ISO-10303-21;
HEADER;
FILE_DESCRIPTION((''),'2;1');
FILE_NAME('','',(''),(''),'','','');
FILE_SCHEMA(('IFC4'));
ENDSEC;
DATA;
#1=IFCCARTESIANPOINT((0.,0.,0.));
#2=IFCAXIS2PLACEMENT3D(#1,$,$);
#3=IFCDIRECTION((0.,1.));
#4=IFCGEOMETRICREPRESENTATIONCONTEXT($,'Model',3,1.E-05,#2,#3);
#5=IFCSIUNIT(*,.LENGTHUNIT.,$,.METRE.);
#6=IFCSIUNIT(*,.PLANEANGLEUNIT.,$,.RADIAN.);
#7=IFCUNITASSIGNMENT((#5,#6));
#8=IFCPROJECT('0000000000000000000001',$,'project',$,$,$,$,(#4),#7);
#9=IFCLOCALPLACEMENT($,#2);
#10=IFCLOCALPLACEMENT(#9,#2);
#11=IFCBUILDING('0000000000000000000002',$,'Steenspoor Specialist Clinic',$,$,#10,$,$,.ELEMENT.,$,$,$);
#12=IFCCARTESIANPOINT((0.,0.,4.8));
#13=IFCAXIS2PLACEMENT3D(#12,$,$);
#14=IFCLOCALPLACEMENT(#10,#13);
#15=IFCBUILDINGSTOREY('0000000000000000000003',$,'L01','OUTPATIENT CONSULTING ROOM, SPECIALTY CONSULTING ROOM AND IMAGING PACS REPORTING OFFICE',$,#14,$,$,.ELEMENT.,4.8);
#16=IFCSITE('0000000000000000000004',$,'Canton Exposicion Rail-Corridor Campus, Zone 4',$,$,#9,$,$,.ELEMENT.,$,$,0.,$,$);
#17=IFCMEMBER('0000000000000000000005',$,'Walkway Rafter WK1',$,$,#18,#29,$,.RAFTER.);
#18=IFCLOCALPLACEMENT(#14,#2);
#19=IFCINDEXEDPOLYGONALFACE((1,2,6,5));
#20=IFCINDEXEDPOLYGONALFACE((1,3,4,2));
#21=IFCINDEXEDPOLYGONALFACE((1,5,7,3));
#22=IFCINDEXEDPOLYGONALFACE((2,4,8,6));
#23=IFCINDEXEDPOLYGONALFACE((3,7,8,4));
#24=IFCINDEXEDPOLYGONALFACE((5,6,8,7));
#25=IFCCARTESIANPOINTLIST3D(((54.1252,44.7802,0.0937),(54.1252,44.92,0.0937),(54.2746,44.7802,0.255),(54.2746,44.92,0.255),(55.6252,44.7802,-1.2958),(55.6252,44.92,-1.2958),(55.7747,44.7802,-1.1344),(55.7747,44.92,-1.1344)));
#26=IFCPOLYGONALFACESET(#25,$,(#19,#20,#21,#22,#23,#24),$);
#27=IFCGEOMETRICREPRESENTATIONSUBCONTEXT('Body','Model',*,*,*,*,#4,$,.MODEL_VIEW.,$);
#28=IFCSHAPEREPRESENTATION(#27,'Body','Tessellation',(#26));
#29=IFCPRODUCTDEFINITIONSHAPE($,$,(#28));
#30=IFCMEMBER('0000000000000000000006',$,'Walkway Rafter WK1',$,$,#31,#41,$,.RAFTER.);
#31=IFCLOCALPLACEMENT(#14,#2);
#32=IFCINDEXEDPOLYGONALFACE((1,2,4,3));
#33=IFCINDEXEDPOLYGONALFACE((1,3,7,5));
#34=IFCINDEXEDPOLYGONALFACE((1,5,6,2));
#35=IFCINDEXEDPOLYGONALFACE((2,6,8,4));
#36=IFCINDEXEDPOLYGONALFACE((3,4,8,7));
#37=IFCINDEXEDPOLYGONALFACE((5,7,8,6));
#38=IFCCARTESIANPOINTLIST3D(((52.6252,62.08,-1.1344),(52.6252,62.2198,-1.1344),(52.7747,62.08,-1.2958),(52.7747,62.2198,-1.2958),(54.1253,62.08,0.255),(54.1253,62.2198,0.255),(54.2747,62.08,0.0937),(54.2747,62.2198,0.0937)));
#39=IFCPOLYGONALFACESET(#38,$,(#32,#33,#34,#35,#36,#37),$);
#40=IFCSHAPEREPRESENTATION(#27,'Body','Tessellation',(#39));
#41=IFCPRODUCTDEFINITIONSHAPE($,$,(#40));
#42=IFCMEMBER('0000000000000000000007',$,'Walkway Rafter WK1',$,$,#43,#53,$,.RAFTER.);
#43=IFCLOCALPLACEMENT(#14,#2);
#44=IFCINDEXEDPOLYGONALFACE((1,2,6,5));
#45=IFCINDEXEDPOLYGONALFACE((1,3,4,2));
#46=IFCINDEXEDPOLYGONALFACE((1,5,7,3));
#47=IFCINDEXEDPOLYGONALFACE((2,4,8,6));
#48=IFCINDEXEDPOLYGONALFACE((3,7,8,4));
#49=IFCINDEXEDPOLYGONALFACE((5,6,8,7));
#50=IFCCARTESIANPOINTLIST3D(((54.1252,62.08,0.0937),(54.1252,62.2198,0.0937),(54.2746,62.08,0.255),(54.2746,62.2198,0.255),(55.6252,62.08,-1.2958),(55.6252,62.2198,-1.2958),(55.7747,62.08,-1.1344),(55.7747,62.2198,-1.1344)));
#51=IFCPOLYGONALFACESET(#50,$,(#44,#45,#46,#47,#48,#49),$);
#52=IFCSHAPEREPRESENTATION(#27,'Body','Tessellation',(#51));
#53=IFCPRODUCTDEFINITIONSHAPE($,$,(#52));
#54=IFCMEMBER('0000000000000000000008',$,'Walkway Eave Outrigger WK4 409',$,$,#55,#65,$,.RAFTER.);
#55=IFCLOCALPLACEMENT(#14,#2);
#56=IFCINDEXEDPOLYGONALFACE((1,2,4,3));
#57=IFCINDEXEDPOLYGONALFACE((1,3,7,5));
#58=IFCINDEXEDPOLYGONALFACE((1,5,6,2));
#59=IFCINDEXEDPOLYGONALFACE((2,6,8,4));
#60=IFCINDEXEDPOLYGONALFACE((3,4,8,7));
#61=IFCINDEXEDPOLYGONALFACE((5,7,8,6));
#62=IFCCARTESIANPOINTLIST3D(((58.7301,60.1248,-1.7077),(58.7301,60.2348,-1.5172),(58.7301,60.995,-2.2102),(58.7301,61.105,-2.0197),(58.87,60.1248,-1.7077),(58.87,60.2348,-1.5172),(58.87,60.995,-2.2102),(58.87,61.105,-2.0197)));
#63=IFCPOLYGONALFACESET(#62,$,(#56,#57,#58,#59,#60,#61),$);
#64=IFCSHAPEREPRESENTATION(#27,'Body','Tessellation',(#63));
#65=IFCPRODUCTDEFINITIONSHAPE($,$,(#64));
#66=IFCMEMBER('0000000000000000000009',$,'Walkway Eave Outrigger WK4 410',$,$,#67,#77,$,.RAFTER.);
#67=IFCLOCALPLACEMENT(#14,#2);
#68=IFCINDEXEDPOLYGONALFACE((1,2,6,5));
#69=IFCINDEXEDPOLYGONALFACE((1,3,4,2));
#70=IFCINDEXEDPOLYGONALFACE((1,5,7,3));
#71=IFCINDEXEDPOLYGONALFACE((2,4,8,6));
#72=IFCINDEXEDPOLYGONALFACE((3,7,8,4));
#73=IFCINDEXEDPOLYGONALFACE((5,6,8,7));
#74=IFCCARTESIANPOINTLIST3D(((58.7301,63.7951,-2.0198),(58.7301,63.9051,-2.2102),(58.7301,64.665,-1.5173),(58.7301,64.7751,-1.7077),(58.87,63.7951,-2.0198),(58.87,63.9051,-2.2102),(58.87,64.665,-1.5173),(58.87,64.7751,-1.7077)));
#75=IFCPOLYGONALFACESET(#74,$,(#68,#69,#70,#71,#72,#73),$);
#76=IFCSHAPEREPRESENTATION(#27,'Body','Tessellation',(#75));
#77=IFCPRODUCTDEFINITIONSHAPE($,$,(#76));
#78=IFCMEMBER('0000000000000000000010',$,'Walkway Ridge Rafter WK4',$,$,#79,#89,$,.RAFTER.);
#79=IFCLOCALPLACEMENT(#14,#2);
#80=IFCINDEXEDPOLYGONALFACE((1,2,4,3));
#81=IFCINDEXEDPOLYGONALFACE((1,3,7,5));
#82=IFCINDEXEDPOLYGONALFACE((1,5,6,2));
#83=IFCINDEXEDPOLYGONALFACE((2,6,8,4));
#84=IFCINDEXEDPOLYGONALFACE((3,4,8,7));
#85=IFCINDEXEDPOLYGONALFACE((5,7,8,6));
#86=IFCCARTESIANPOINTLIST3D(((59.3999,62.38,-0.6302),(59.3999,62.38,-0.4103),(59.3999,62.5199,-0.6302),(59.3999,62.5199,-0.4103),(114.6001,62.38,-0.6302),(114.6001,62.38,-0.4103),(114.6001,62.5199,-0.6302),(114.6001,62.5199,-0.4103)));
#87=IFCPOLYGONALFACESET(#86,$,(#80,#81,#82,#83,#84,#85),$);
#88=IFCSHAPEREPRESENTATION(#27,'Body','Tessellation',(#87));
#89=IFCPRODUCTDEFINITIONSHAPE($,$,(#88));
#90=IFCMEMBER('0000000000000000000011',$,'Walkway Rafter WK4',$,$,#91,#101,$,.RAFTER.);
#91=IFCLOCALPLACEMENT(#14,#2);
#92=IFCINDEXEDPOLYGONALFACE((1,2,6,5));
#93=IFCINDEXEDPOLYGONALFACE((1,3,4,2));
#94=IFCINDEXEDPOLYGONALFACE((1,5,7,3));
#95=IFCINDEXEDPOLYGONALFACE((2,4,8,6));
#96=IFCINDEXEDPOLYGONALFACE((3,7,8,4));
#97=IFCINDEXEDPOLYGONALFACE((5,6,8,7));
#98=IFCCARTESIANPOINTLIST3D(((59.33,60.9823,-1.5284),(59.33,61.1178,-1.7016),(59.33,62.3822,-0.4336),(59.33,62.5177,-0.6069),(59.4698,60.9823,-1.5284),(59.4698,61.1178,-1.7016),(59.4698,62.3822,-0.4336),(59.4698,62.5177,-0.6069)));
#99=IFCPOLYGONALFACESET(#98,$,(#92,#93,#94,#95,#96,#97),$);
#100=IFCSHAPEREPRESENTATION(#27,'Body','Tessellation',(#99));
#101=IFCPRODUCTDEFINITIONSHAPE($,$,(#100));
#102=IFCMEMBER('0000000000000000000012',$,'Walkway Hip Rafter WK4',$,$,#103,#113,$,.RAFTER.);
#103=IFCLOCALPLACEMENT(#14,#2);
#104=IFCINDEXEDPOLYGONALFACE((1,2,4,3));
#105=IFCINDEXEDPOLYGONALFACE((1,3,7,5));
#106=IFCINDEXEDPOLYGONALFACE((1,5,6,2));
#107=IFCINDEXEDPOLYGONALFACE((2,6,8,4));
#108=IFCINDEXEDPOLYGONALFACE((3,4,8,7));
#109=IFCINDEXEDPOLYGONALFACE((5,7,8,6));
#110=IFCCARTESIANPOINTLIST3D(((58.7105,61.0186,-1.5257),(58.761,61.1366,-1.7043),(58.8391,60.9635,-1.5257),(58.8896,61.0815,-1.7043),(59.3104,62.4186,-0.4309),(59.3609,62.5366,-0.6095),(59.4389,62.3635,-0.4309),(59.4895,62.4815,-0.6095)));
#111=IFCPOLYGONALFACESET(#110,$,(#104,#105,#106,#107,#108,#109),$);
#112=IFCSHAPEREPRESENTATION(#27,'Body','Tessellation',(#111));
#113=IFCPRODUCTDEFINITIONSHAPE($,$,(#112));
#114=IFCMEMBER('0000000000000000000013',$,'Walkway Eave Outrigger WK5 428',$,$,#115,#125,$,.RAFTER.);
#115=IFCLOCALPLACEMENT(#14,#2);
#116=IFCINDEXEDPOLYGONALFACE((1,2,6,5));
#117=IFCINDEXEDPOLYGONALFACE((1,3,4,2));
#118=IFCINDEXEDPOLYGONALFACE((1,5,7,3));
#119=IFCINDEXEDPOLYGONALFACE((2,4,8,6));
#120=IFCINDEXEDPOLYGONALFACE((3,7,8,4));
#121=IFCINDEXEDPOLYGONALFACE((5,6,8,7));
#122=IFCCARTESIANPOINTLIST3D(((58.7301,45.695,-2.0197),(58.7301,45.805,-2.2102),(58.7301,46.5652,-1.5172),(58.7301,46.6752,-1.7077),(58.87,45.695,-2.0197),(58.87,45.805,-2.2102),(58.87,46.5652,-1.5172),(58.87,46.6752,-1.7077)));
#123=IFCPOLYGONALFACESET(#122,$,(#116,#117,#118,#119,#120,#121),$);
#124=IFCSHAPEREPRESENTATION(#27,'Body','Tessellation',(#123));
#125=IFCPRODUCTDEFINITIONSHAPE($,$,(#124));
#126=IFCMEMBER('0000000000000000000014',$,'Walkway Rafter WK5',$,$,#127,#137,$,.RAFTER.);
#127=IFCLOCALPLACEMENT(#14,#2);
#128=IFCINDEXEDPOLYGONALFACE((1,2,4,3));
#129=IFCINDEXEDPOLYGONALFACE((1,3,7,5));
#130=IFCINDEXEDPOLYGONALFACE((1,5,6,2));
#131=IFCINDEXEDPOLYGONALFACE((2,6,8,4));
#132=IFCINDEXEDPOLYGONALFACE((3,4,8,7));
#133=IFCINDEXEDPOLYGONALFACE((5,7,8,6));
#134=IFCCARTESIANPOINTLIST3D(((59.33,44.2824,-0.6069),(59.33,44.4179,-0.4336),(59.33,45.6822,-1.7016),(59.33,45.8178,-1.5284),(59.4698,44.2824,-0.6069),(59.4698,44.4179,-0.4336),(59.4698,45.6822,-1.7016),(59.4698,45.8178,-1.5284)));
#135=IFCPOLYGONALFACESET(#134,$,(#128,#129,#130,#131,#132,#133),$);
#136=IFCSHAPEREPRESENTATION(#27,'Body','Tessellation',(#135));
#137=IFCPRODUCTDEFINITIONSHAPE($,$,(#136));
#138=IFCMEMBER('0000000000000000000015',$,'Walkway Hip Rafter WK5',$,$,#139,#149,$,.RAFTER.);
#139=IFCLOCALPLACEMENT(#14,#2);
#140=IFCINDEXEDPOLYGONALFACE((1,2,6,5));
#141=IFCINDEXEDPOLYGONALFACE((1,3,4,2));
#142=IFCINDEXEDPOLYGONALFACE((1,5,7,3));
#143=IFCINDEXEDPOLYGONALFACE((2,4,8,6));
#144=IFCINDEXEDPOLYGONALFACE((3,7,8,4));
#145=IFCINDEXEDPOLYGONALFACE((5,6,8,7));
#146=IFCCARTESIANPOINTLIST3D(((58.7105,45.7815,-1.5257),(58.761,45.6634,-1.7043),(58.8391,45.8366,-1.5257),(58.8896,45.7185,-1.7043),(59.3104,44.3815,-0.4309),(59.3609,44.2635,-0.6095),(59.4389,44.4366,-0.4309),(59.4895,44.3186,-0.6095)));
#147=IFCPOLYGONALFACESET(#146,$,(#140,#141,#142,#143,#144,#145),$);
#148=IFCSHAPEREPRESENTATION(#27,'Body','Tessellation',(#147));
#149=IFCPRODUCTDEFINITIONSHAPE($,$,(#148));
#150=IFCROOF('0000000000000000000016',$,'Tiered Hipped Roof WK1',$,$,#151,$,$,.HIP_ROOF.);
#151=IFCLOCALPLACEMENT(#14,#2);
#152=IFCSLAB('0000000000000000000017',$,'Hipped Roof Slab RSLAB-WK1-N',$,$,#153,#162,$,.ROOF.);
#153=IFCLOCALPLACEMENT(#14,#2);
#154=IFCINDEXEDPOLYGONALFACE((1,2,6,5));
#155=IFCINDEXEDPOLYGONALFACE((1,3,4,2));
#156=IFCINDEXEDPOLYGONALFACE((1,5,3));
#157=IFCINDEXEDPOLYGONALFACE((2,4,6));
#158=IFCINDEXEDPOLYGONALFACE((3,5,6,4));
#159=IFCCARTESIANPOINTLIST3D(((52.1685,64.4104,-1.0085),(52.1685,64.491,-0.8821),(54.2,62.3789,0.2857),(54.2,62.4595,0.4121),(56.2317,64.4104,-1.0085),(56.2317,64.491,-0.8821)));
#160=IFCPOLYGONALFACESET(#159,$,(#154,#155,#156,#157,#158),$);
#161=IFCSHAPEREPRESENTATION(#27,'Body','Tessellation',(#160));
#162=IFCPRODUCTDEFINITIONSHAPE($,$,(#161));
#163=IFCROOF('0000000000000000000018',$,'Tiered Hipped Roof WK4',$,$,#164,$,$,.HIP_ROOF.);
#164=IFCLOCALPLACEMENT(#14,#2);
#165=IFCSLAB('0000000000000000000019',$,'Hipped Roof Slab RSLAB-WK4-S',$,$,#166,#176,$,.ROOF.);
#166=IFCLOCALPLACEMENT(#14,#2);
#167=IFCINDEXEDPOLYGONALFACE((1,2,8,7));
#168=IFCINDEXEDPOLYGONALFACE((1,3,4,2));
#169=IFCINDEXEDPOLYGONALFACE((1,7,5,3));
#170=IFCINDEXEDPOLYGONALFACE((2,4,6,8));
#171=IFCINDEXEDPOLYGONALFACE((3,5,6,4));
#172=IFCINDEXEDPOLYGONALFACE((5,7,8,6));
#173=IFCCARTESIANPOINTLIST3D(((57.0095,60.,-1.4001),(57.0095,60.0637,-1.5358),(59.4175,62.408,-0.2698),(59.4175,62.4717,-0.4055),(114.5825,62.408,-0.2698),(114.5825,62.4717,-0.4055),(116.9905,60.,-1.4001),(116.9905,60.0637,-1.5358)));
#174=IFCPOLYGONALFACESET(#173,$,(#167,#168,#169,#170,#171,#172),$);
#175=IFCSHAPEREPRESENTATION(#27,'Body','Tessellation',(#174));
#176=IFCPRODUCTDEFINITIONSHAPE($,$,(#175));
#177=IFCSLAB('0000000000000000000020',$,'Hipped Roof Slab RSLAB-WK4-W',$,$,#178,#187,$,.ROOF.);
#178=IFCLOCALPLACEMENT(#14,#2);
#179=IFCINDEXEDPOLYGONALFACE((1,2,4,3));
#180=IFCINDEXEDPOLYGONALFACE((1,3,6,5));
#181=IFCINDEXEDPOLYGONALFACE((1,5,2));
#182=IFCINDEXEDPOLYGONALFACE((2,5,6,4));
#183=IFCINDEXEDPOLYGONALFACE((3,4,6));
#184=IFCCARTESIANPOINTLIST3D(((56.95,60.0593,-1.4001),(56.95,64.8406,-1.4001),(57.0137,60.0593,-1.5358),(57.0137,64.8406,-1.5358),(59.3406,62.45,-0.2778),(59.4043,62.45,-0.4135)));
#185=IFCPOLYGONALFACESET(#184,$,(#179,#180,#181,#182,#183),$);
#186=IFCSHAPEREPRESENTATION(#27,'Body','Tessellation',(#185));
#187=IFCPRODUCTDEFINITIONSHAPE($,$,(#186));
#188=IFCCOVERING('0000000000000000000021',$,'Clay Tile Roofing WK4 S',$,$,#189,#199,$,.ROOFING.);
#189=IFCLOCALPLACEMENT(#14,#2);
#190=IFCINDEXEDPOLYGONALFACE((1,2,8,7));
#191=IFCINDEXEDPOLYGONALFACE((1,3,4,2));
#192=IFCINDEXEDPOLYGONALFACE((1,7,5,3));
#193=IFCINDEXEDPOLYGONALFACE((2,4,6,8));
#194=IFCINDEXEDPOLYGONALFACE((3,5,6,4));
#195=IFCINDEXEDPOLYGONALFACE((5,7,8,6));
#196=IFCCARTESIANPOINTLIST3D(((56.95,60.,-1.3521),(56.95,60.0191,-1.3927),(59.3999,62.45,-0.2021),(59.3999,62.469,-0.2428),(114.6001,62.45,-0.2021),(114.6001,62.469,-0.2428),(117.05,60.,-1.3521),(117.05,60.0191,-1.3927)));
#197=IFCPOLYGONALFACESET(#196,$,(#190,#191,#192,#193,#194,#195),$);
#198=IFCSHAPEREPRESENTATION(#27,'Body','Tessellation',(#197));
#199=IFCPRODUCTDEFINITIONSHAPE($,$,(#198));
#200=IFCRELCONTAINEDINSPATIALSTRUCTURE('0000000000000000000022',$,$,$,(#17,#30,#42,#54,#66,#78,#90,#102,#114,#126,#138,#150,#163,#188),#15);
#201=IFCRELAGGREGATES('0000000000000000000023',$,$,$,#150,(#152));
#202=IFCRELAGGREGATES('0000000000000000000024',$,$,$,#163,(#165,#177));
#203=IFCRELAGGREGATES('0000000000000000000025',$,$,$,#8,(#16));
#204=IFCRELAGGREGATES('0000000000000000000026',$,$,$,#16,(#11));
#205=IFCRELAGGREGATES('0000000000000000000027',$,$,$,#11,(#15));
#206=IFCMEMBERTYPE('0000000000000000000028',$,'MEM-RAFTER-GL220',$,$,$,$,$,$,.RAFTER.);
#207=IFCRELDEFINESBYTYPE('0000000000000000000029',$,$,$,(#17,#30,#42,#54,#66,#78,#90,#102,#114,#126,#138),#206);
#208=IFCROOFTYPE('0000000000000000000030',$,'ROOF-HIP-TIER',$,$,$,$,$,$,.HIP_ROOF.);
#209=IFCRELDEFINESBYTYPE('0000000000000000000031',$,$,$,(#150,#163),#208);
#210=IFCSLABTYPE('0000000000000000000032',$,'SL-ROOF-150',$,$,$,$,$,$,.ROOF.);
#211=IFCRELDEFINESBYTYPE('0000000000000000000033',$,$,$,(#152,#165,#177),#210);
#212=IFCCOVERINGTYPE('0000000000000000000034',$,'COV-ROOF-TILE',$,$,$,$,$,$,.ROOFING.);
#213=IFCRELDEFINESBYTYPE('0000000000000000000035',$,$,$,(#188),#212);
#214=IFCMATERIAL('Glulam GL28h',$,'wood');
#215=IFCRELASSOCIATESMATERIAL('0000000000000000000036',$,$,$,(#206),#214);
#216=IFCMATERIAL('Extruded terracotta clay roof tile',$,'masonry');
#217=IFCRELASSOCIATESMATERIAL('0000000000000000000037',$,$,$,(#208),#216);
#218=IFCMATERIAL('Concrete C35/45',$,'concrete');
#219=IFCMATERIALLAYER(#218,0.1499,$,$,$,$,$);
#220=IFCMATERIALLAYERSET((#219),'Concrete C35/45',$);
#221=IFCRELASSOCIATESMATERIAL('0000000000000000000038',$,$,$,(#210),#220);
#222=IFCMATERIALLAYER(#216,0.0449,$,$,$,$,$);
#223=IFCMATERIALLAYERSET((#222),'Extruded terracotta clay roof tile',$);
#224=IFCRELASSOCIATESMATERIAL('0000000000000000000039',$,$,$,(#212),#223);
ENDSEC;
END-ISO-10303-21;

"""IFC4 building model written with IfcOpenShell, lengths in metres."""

from ifc_helpers import new_model, si_unit, direction, frame, origin, origin_2d, place, context, subcontext, project, spatial, polyline, rectangle, outline, extrude, material, layer, layer_set, material_profile, profile_set, type_object, element, aggregate, save


model = new_model("IFC4")

# Units and contexts
model_context = context("Model", 3, precision=1e-05, world=origin(), true_north=direction((0.0, 1.0)))
body_context = subcontext(model_context, "Body", "Model", "MODEL_VIEW")
ifc_project = project(units=[si_unit("LENGTHUNIT", "METRE"), si_unit("PLANEANGLEUNIT", "RADIAN")], contexts=[model_context])

# Site, building, storey
site_placement = place(None, origin())
site = spatial("IfcSite", under=ifc_project, at=site_placement, Name="Canton Exposicion Rail-Corridor Campus, Zone 4", CompositionType="ELEMENT", RefElevation=0.0)
building_placement = place(site_placement, origin())
building = spatial("IfcBuilding", under=site, at=building_placement, Name="Steenspoor Specialist Clinic", CompositionType="ELEMENT")
storey_placement = place(building_placement, frame((0.0, 0.0, 4.8)))
storey = spatial("IfcBuildingStorey", under=building, at=storey_placement, Name="L01", Description="OUTPATIENT CONSULTING ROOM, SPECIALTY CONSULTING ROOM AND IMAGING PACS REPORTING OFFICE", CompositionType="ELEMENT", Elevation=4.8)

# Members
ifc_material_1 = material(Name="Glulam GL28h", Category="wood")
ifc_material_profile_1 = material_profile(ifc_material_1, rectangle(XDim=0.1399, YDim=0.22, at=origin_2d()), Name="GL28H-140X220")
ifc_profile_set_1 = profile_set([ifc_material_profile_1], Name="Glulam GL28h")
member_type_1 = type_object("IfcMemberType", Name="MEM-RAFTER-GL220", PredefinedType="RAFTER", material=ifc_profile_set_1)
for number, where, z_axis, x_axis, name in (
    (1, (55.7, 44.8501, -1.2151), (-0.733635, 0.0, 0.679544), (0.0, -1.0, 0.0), "Walkway Rafter WK1"),
    (2, (52.7, 62.1499, -1.2151), (0.733635, 0.0, 0.679544), (0.0, 1.0, 0.0), "Walkway Rafter WK1"),
    (3, (55.7, 62.1499, -1.2151), (-0.733635, 0.0, 0.679544), (0.0, -1.0, 0.0), "Walkway Rafter WK1"),
):
    element("IfcMember", number, at=place(storey_placement, frame(where, z_axis=z_axis, x_axis=x_axis)), inside=storey, type_object=member_type_1, Name=name, PredefinedType="RAFTER", context=body_context, shape_type="SweptSolid", body=[
        extrude(rectangle(XDim=0.1399, YDim=0.22, at=origin_2d()), origin(), (0.0, 0.0, 1.0), 2.0447),
    ])
member_1_placement = place(storey_placement, frame((58.8, 61.05, -2.115), z_axis=(0.0, -0.865991, 0.500059), x_axis=(1.0, 0.0, 0.0)))
element("IfcMember", 4, at=member_1_placement, inside=storey, type_object=member_type_1, Name="Walkway Eave Outrigger WK4 409", PredefinedType="RAFTER", context=body_context, shape_type="SweptSolid", body=[
    extrude(rectangle(XDim=0.1399, YDim=0.22, at=origin_2d()), origin(), (0.0, 0.0, 1.0), 1.0049),
])
member_2_placement = place(storey_placement, frame((58.8, 63.8501, -2.115), z_axis=(0.0, 0.865931, 0.500164), x_axis=(-1.0, 0.0, 0.0)))
element("IfcMember", 5, at=member_2_placement, inside=storey, type_object=member_type_1, Name="Walkway Eave Outrigger WK4 410", PredefinedType="RAFTER", context=body_context, shape_type="SweptSolid", body=[
    extrude(rectangle(XDim=0.1399, YDim=0.22, at=origin_2d()), origin(), (0.0, 0.0, 1.0), 1.0046),
])
member_3_placement = place(storey_placement, frame((59.3999, 62.45, -0.5203), z_axis=(1.0, 0.0, 0.0), x_axis=(0.0, 1.0, 0.0)))
element("IfcMember", 6, at=member_3_placement, inside=storey, type_object=member_type_1, Name="Walkway Ridge Rafter WK4", PredefinedType="RAFTER", context=body_context, shape_type="SweptSolid", body=[
    extrude(rectangle(XDim=0.1399, YDim=0.22, at=origin_2d()), origin(), (0.0, 0.0, 1.0), 55.2002),
])
member_4_placement = place(storey_placement, frame((59.3999, 61.05, -1.615), z_axis=(0.0, 0.787737, 0.616012), x_axis=(-1.0, 0.0, 0.0)))
element("IfcMember", 7, at=member_4_placement, inside=storey, type_object=member_type_1, Name="Walkway Rafter WK4", PredefinedType="RAFTER", context=body_context, shape_type="SweptSolid", body=[
    extrude(rectangle(XDim=0.1399, YDim=0.22, at=origin_2d()), origin(), (0.0, 0.0, 1.0), 1.7771),
])
member_5_placement = place(storey_placement, frame((58.8, 61.05, -1.615), z_axis=(0.319815, 0.746365, 0.583659), x_axis=(-0.91917, 0.393861, 0.0)))
element("IfcMember", 8, at=member_5_placement, inside=storey, type_object=member_type_1, Name="Walkway Hip Rafter WK4", PredefinedType="RAFTER", context=body_context, shape_type="SweptSolid", body=[
    extrude(rectangle(XDim=0.1399, YDim=0.22, at=origin_2d()), origin(), (0.0, 0.0, 1.0), 1.8757),
])
member_6_placement = place(storey_placement, frame((58.8, 45.75, -2.115), z_axis=(0.0, 0.865991, 0.500059), x_axis=(-1.0, 0.0, 0.0)))
element("IfcMember", 9, at=member_6_placement, inside=storey, type_object=member_type_1, Name="Walkway Eave Outrigger WK5 428", PredefinedType="RAFTER", context=body_context, shape_type="SweptSolid", body=[
    extrude(rectangle(XDim=0.1399, YDim=0.22, at=origin_2d()), origin(), (0.0, 0.0, 1.0), 1.0049),
])
member_7_placement = place(storey_placement, frame((59.3999, 45.75, -1.615), z_axis=(0.0, -0.787737, 0.616012), x_axis=(1.0, 0.0, 0.0)))
element("IfcMember", 10, at=member_7_placement, inside=storey, type_object=member_type_1, Name="Walkway Rafter WK5", PredefinedType="RAFTER", context=body_context, shape_type="SweptSolid", body=[
    extrude(rectangle(XDim=0.1399, YDim=0.22, at=origin_2d()), origin(), (0.0, 0.0, 1.0), 1.7771),
])
member_8_placement = place(storey_placement, frame((58.8, 45.75, -1.615), z_axis=(0.319815, -0.746365, 0.583659), x_axis=(0.91917, 0.393861, 0.0)))
element("IfcMember", 11, at=member_8_placement, inside=storey, type_object=member_type_1, Name="Walkway Hip Rafter WK5", PredefinedType="RAFTER", context=body_context, shape_type="SweptSolid", body=[
    extrude(rectangle(XDim=0.1399, YDim=0.22, at=origin_2d()), origin(), (0.0, 0.0, 1.0), 1.8757),
])

# Roof, slab
ifc_material_2 = material(Name="Extruded terracotta clay roof tile", Category="masonry")
roof_type = type_object("IfcRoofType", Name="ROOF-HIP-TIER", PredefinedType="HIP_ROOF", material=ifc_material_2)
roof_1_placement = place(storey_placement, origin())
roof_1 = element("IfcRoof", 12, at=roof_1_placement, inside=storey, type_object=roof_type, Name="Tiered Hipped Roof WK1", PredefinedType="HIP_ROOF")
ifc_material_3 = material(Name="Concrete C35/45", Category="concrete")
ifc_layer_1 = layer(ifc_material_3, 0.1499)
ifc_layer_set_1 = layer_set([ifc_layer_1], Name="Concrete C35/45")
slab_type = type_object("IfcSlabType", Name="SL-ROOF-150", PredefinedType="ROOF", material=ifc_layer_set_1)
slab_1_placement = place(storey_placement, frame((54.2, 62.4595, 0.4121), z_axis=(0.0, 0.537295, 0.843394), x_axis=(0.644757, 0.64468, -0.410702)))
slab_1 = element("IfcSlab", 13, at=slab_1_placement, type_object=slab_type, Name="Hipped Roof Slab RSLAB-WK1-N", PredefinedType="ROOF", context=body_context, shape_type="SweptSolid", body=[
    extrude(outline(polyline([(0.0, 0.0), (3.1512, 0.0), (0.5314, 3.1059), (0.0, 0.0)])), origin(), (0.0, 0.0, -1.0), 0.1499),
])
aggregate(roof_1, [slab_1])

# Roof, slabs
roof_2_placement = place(storey_placement, origin())
roof_2 = element("IfcRoof", 14, at=roof_2_placement, inside=storey, type_object=roof_type, Name="Tiered Hipped Roof WK4", PredefinedType="HIP_ROOF")
slab_2_placement = place(storey_placement, frame((59.4175, 62.408, -0.2698), z_axis=(0.0, -0.424939, 0.905222), x_axis=(-0.671101, -0.671101, -0.315036)))
slab_2 = element("IfcSlab", 15, at=slab_2_placement, type_object=slab_type, Name="Hipped Roof Slab RSLAB-WK4-S", PredefinedType="ROOF", context=body_context, shape_type="SweptSolid", body=[
    extrude(outline(polyline([(0.0, 0.0), (3.5881, 0.0), (-36.6652, 44.4678), (-37.0213, 40.8975), (0.0, 0.0)])), origin(), (0.0, 0.0, -1.0), 0.1499),
])
slab_3_placement = place(storey_placement, frame((59.3406, 62.45, -0.2778), z_axis=(-0.424964, 0.0, 0.90521), x_axis=(-0.671096, 0.671096, -0.315056)))
slab_3 = element("IfcSlab", 16, at=slab_3_placement, type_object=slab_type, Name="Hipped Roof Slab RSLAB-WK4-W", PredefinedType="ROOF", context=body_context, shape_type="SweptSolid", body=[
    extrude(outline(polyline([(0.0, 0.0), (3.5623, 0.0), (0.3536, 3.5447), (0.0, 0.0)])), origin(), (0.0, 0.0, -1.0), 0.1499),
])
aggregate(roof_2, [slab_2, slab_3])

# Covering
ifc_layer_2 = layer(ifc_material_2, 0.0449)
ifc_layer_set_2 = layer_set([ifc_layer_2], Name="Extruded terracotta clay roof tile")
covering_type = type_object("IfcCoveringType", Name="COV-ROOF-TILE", PredefinedType="ROOFING", material=ifc_layer_set_2)
covering_1_placement = place(storey_placement, frame((56.95, 60.0, -1.3521), z_axis=(0.0, -0.424885, 0.905248), x_axis=(1.0, 0.0, 0.0)))
element("IfcCovering", 17, at=covering_1_placement, inside=storey, type_object=covering_type, Name="Clay Tile Roofing WK4 S", PredefinedType="ROOFING", context=body_context, shape_type="SweptSolid", body=[
    extrude(outline(polyline([(0.0, 0.0), (60.1001, 0.0), (57.6501, 2.7064), (2.45, 2.7064), (0.0, 0.0)])), origin(), (0.0, 0.0, -1.0), 0.0449),
])

save(model, "model.ifc")
